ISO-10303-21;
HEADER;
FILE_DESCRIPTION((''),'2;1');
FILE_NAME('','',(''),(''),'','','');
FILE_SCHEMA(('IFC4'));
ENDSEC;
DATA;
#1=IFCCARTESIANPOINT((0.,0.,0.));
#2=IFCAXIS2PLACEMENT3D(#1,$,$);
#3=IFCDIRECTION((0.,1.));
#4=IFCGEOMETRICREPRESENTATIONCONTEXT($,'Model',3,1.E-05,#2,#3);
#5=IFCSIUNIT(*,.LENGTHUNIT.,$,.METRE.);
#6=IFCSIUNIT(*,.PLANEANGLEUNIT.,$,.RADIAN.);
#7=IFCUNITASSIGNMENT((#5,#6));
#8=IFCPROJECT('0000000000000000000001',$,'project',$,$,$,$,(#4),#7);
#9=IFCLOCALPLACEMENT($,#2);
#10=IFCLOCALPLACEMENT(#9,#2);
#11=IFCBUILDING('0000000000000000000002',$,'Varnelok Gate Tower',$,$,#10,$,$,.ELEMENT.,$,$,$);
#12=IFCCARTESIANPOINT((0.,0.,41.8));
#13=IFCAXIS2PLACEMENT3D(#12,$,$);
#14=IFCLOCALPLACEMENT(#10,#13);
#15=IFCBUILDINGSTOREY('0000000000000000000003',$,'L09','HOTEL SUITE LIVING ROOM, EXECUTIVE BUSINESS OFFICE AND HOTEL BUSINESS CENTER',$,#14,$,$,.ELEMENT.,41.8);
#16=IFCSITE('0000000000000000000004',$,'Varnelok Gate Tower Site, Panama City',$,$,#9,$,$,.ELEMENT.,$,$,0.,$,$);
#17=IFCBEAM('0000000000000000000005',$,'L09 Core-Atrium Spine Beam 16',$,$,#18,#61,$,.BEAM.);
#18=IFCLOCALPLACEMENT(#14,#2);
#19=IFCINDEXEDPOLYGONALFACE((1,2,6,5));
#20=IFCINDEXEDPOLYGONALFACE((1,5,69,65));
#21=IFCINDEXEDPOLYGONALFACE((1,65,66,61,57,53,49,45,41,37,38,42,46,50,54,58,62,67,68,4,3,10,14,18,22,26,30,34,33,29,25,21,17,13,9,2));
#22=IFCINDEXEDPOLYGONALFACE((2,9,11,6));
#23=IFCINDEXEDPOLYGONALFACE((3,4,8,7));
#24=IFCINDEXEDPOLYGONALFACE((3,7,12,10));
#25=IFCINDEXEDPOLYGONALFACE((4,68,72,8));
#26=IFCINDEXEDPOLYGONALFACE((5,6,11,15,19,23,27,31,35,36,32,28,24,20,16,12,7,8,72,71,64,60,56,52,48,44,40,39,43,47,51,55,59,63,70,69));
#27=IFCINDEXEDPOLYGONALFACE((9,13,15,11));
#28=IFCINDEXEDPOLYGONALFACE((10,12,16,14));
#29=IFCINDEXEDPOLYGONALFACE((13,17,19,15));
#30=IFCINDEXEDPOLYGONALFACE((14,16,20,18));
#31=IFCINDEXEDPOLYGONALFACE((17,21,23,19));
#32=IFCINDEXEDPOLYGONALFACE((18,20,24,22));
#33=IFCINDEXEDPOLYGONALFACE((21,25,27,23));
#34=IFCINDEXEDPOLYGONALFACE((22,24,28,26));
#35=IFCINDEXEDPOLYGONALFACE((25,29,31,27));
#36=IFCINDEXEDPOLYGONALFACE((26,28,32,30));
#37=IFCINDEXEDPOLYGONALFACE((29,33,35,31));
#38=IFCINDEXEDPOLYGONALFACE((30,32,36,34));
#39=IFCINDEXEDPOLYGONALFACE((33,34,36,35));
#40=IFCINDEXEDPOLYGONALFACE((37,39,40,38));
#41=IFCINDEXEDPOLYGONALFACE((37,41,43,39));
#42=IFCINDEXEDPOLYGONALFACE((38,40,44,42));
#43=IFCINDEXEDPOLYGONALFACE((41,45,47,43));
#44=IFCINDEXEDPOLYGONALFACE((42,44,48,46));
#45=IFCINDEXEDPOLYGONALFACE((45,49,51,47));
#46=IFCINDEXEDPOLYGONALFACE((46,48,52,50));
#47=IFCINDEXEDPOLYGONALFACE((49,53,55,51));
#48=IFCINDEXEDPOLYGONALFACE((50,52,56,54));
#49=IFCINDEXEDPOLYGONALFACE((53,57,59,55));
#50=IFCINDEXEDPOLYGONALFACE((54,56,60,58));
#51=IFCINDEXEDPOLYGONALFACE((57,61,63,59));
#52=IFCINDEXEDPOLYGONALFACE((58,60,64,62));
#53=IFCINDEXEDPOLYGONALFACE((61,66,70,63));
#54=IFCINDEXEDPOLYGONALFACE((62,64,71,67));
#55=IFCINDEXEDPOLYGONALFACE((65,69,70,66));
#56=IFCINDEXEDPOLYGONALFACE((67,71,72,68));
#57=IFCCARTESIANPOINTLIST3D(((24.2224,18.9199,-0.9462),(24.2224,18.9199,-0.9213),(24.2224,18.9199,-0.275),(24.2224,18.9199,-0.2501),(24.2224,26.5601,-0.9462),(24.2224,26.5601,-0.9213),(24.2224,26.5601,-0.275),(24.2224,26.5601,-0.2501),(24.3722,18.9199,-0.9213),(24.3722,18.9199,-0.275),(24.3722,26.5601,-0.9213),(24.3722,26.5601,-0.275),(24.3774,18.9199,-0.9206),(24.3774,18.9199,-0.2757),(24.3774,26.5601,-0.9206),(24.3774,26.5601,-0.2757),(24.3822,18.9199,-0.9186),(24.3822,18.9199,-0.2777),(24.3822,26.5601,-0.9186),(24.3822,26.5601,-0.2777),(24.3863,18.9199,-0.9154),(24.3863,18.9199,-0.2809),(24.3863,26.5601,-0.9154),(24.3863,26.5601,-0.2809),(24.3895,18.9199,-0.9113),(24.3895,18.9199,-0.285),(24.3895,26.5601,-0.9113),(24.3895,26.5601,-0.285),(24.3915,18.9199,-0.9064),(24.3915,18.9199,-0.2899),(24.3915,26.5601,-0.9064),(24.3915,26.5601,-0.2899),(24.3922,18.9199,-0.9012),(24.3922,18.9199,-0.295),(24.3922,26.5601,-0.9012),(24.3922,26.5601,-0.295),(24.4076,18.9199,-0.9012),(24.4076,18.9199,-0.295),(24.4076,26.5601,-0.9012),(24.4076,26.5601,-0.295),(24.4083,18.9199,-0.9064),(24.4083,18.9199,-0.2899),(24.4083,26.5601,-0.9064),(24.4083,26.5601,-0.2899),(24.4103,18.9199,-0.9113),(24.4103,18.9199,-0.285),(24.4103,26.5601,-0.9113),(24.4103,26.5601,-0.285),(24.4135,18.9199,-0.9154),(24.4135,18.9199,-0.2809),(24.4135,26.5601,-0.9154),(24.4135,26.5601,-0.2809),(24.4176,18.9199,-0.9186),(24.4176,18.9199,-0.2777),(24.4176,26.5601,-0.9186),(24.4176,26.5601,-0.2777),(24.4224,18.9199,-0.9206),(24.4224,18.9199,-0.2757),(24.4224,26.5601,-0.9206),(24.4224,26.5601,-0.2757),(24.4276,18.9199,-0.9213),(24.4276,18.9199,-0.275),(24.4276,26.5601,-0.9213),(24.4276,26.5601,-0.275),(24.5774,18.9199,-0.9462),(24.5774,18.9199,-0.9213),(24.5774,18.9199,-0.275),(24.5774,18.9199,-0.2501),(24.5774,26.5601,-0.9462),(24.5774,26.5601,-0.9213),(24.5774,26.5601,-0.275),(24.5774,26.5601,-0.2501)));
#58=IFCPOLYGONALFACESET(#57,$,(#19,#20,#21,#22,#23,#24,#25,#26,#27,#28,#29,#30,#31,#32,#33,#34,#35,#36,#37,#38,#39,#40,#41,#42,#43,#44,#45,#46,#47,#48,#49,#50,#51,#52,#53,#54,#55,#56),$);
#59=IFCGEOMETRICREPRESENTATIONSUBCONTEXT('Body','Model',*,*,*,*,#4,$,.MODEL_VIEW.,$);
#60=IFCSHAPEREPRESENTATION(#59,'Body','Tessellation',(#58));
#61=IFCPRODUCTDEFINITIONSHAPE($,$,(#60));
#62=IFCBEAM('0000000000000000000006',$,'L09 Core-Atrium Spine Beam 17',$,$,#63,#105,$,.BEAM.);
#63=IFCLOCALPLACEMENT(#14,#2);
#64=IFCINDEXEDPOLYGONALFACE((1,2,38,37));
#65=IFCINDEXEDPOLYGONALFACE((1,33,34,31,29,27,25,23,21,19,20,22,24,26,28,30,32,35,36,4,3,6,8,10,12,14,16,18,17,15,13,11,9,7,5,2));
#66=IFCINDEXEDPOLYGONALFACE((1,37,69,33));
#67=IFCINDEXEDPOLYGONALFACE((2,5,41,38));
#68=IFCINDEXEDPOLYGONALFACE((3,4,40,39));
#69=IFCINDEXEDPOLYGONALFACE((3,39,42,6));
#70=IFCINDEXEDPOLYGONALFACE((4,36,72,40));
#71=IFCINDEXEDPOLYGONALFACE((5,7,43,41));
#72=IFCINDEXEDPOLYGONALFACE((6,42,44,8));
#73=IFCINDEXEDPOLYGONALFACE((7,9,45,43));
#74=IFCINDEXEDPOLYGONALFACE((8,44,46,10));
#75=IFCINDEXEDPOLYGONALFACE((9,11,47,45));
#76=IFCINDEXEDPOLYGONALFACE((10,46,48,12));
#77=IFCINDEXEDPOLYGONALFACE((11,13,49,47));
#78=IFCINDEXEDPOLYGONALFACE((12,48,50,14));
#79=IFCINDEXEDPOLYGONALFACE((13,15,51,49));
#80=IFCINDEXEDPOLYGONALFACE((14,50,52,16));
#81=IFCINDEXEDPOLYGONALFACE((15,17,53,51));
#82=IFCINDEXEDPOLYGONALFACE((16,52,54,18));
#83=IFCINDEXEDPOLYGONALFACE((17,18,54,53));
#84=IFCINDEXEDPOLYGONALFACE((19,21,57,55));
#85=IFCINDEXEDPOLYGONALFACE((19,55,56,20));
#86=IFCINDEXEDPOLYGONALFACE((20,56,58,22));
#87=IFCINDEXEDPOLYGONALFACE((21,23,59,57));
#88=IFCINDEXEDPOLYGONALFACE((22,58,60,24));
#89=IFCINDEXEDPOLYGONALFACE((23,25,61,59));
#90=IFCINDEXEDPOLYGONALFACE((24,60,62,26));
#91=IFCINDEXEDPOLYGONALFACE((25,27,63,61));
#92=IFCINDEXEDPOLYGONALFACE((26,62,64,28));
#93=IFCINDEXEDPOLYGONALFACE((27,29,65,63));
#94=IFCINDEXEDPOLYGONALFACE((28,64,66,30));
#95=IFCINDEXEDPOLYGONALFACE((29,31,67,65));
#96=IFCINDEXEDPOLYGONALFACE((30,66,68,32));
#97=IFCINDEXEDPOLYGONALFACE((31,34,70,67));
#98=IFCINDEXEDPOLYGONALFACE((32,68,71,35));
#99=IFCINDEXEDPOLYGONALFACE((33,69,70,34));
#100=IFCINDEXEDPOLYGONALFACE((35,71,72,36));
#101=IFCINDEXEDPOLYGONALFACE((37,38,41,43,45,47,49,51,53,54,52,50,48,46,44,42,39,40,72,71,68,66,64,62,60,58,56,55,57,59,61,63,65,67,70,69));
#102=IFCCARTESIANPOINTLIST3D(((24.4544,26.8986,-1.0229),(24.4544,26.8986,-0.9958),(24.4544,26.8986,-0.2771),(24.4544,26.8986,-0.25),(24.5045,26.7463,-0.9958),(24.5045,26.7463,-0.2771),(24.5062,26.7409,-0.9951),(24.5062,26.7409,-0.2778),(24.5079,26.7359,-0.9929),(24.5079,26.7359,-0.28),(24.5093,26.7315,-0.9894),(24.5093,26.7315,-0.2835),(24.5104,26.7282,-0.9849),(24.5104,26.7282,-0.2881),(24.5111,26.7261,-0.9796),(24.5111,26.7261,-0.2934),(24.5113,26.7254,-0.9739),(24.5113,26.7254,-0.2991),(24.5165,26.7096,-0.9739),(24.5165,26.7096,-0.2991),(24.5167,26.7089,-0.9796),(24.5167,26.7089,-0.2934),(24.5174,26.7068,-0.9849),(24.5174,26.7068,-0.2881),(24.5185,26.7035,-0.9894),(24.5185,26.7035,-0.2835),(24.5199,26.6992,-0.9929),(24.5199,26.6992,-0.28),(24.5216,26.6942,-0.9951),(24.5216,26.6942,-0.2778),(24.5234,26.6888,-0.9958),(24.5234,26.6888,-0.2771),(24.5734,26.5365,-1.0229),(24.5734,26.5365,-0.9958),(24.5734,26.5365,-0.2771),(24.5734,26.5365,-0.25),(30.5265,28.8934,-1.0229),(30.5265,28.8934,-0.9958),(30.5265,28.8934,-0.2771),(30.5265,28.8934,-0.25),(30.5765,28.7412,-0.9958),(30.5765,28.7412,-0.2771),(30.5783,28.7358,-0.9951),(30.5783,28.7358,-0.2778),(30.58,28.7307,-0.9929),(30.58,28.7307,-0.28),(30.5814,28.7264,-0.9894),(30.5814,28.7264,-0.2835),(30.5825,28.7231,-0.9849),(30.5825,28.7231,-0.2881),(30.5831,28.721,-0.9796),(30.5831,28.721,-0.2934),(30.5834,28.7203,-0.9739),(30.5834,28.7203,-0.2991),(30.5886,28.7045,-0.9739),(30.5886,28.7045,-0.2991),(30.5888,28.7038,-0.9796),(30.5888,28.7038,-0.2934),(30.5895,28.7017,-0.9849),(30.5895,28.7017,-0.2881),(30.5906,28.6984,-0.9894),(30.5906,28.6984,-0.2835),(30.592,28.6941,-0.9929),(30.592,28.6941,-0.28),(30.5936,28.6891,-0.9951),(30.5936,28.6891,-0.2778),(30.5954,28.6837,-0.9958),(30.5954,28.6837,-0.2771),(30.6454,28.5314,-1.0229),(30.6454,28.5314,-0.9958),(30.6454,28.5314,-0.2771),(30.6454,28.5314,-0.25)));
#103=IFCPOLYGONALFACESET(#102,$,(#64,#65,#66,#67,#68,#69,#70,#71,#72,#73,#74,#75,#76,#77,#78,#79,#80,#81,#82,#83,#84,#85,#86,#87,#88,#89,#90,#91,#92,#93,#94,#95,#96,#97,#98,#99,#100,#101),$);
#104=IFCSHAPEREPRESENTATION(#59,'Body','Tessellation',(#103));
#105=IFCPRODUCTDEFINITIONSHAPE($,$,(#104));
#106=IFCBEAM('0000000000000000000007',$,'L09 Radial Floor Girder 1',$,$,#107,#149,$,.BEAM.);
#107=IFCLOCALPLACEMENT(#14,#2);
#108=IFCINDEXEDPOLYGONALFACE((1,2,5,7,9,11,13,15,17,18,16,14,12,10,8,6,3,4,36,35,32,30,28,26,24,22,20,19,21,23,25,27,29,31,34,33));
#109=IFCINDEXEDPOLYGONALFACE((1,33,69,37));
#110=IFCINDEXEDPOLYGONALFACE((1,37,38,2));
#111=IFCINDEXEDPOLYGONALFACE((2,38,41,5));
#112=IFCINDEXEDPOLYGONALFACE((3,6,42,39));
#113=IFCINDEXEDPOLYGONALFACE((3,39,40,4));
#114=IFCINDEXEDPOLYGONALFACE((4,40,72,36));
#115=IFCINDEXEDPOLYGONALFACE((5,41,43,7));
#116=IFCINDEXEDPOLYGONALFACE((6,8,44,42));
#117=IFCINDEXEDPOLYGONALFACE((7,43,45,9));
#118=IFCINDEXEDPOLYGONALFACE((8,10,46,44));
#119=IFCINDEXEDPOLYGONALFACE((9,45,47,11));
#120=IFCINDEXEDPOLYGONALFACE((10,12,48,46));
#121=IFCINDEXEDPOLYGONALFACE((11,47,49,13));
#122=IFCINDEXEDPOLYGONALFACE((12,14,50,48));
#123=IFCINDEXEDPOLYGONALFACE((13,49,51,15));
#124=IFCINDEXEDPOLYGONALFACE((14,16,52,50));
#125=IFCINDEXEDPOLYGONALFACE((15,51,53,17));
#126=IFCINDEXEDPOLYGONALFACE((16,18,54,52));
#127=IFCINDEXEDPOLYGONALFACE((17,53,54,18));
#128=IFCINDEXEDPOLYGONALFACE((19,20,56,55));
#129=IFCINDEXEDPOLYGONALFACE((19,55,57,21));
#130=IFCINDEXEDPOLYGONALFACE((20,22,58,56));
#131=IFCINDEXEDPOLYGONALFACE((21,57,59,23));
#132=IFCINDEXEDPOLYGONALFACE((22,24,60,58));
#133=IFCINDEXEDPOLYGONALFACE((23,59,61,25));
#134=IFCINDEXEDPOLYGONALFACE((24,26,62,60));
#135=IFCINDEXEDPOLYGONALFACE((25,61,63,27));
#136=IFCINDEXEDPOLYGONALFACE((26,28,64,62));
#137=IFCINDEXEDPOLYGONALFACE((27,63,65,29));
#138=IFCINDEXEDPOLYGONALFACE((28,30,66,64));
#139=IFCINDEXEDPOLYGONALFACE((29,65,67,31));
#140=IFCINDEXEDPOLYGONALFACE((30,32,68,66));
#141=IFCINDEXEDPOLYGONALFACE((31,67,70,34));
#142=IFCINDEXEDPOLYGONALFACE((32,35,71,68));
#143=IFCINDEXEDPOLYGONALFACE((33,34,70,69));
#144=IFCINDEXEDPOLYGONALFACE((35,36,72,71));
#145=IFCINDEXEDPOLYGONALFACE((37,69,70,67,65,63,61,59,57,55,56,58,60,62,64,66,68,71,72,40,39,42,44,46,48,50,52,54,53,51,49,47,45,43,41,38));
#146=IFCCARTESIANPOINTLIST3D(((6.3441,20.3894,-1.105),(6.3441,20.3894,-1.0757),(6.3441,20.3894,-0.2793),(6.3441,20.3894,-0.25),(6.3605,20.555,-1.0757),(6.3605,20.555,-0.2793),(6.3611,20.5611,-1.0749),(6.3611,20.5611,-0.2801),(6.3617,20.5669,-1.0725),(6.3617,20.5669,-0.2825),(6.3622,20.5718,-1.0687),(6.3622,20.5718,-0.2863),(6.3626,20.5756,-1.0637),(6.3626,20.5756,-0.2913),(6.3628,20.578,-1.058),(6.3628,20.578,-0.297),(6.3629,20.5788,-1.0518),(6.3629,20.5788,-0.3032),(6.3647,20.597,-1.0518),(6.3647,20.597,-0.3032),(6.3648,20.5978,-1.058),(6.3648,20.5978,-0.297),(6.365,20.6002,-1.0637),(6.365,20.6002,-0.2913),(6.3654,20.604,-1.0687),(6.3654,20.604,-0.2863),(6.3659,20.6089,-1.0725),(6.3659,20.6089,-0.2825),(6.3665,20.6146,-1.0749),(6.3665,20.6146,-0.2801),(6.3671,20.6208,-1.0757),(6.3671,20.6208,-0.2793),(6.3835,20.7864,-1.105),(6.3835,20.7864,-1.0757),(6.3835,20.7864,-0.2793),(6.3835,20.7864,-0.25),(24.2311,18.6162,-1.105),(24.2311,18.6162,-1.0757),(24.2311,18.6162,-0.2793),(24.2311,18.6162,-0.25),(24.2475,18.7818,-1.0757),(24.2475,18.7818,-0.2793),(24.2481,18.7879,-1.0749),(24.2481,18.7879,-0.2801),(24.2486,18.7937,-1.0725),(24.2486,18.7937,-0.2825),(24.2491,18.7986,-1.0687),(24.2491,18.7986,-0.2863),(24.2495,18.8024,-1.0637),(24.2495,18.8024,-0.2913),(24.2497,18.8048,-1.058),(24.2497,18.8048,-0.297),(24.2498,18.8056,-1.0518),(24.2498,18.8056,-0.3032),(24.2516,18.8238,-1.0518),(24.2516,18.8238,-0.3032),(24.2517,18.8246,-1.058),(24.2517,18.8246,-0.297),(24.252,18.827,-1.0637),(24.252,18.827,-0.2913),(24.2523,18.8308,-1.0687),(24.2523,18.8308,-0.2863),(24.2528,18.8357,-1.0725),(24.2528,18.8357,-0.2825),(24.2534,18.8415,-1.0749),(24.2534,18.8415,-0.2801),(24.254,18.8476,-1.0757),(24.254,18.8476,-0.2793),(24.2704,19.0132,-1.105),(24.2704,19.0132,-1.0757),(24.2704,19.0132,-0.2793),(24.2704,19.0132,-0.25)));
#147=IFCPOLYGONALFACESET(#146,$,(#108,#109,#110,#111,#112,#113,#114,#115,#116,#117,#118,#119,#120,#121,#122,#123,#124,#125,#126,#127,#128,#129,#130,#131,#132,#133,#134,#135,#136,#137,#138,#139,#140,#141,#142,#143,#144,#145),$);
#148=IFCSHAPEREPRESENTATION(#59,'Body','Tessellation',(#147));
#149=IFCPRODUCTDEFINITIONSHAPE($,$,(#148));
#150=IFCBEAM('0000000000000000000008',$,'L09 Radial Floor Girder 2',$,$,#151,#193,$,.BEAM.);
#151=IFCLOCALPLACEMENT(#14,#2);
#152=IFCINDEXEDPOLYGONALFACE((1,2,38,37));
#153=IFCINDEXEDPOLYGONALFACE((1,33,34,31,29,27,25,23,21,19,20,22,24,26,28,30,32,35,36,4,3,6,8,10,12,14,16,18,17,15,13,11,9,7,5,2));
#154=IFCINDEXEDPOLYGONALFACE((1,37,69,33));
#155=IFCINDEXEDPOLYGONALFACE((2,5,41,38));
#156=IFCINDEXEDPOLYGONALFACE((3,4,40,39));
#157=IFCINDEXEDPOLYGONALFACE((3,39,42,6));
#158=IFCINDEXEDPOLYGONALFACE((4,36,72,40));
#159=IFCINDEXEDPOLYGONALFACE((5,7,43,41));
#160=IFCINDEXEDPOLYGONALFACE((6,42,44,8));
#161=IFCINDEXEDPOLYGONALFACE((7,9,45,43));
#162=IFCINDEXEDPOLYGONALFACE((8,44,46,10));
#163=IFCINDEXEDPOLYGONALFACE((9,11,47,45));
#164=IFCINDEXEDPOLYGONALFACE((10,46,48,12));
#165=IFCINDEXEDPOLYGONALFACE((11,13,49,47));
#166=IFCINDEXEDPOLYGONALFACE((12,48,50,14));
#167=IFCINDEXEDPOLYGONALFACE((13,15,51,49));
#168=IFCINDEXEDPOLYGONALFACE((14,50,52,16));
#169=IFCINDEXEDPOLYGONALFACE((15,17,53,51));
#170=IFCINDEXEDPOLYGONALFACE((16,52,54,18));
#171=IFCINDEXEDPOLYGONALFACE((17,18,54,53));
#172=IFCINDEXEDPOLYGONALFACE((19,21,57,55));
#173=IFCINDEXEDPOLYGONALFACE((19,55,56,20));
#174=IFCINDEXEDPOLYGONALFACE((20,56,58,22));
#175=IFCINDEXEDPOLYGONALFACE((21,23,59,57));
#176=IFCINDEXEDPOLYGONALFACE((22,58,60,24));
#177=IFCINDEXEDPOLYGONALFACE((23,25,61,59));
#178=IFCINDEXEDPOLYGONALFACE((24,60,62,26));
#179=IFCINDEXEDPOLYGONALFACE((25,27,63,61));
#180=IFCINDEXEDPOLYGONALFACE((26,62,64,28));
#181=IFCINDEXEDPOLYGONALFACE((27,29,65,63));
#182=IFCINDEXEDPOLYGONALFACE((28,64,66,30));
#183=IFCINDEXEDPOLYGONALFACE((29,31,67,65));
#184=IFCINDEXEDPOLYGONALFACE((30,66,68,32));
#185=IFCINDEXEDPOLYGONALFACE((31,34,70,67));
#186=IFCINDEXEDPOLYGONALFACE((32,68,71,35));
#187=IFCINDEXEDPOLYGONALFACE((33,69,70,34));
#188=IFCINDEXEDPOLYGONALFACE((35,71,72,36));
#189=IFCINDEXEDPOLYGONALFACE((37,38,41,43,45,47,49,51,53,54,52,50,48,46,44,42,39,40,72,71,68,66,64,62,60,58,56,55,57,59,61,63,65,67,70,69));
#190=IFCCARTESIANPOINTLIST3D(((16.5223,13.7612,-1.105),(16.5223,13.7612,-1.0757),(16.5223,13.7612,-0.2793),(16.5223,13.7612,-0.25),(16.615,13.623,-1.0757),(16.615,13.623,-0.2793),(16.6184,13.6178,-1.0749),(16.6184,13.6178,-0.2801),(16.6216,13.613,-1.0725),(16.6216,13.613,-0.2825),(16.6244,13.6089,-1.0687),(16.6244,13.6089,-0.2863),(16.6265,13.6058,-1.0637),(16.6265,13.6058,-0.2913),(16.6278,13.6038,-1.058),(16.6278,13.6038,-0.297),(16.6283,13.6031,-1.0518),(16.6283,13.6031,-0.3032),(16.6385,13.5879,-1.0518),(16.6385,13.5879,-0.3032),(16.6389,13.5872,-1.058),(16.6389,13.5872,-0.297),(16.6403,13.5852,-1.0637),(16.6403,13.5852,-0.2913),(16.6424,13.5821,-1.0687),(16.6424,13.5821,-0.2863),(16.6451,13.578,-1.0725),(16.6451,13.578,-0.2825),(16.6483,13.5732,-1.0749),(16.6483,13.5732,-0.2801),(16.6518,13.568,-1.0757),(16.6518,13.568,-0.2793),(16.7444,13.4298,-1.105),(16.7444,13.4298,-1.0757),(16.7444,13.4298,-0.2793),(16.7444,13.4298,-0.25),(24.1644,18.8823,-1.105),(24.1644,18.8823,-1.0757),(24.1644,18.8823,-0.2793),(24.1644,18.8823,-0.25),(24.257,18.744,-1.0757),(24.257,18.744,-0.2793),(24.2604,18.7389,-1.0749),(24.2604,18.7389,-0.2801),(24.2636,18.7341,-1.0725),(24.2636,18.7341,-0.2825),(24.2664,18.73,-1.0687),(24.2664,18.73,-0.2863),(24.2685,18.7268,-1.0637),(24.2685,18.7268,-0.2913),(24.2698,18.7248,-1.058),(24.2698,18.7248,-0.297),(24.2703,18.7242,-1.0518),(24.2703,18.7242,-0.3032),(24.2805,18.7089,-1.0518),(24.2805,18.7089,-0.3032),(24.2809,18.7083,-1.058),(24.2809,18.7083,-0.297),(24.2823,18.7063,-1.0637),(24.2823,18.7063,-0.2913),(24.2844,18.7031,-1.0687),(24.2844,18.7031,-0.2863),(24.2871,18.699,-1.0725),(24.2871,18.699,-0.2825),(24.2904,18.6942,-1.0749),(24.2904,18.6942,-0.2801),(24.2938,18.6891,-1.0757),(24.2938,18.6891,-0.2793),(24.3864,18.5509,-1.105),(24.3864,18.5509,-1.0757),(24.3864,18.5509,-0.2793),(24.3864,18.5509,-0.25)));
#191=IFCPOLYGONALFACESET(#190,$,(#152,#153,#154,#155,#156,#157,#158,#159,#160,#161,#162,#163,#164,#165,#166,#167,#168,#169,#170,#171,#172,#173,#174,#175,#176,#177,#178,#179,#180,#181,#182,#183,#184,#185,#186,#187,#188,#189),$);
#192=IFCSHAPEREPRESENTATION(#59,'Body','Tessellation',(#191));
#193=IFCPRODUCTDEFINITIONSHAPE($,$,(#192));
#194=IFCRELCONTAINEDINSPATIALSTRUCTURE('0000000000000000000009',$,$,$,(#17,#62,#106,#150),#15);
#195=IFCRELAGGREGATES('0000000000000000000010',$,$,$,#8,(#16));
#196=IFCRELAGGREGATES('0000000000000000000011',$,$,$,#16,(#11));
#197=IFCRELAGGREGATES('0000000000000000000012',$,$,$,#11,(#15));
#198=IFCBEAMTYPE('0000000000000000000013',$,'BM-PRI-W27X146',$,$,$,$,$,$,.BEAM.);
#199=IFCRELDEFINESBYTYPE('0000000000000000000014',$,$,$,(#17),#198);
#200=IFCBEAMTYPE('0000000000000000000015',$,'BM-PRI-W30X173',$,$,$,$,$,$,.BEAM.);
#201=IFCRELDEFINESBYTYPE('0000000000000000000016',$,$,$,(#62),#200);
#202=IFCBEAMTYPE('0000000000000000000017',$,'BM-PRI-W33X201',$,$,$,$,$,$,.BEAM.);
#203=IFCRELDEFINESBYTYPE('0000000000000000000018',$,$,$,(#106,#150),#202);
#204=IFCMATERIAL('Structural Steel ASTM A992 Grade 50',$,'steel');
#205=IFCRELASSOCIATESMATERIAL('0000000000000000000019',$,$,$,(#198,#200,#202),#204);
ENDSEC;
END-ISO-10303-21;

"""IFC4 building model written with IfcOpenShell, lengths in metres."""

from ifc_helpers import new_model, si_unit, direction, frame, origin, origin_2d, place, context, subcontext, project, spatial, i_section, extrude, material, material_profile, profile_set, type_object, element, save


model = new_model("IFC4")

# Units and contexts
model_context = context("Model", 3, precision=1e-05, world=origin(), true_north=direction((0.0, 1.0)))
body_context = subcontext(model_context, "Body", "Model", "MODEL_VIEW")
ifc_project = project(units=[si_unit("LENGTHUNIT", "METRE"), si_unit("PLANEANGLEUNIT", "RADIAN")], contexts=[model_context])

# Site, building, storey
site_placement = place(None, origin())
site = spatial("IfcSite", under=ifc_project, at=site_placement, Name="Varnelok Gate Tower Site, Panama City", CompositionType="ELEMENT", RefElevation=0.0)
building_placement = place(site_placement, origin())
building = spatial("IfcBuilding", under=site, at=building_placement, Name="Varnelok Gate Tower", CompositionType="ELEMENT")
storey_placement = place(building_placement, frame((0.0, 0.0, 41.8)))
storey = spatial("IfcBuildingStorey", under=building, at=storey_placement, Name="L09", Description="HOTEL SUITE LIVING ROOM, EXECUTIVE BUSINESS OFFICE AND HOTEL BUSINESS CENTER", CompositionType="ELEMENT", Elevation=41.8)

# Shared definitions
ifc_material_1 = material(Name="Structural Steel ASTM A992 Grade 50", Category="steel")

# Beams
ifc_material_profile_1 = material_profile(ifc_material_1, i_section(OverallWidth=0.355, OverallDepth=0.696, WebThickness=0.0154, FlangeThickness=0.0249, FilletRadius=0.02, at=origin_2d()), Name="W27X146")
ifc_profile_set_1 = profile_set([ifc_material_profile_1], Name="Structural Steel ASTM A992 Grade 50")
beam_type_1 = type_object("IfcBeamType", Name="BM-PRI-W27X146", PredefinedType="BEAM", material=ifc_profile_set_1)
beam_1_placement = place(storey_placement, frame((24.3999, 18.9199, -0.5981), z_axis=(0.0, 1.0, 0.0), x_axis=(-1.0, 0.0, 0.0)))
element("IfcBeam", 1, at=beam_1_placement, inside=storey, type_object=beam_type_1, Name="L09 Core-Atrium Spine Beam 16", PredefinedType="BEAM", context=body_context, shape_type="SweptSolid", body=[
    extrude(i_section(OverallWidth=0.355, OverallDepth=0.696, WebThickness=0.0154, FlangeThickness=0.0249, FilletRadius=0.02, at=origin_2d()), origin(), (0.0, 0.0, 1.0), 7.6401),
])
ifc_material_profile_2 = material_profile(ifc_material_1, i_section(OverallWidth=0.3811, OverallDepth=0.7729, WebThickness=0.0166, FlangeThickness=0.0271, FilletRadius=0.022, at=origin_2d()), Name="W30X173")
ifc_profile_set_2 = profile_set([ifc_material_profile_2], Name="Structural Steel ASTM A992 Grade 50")
beam_type_2 = type_object("IfcBeamType", Name="BM-PRI-W30X173", PredefinedType="BEAM", material=ifc_profile_set_2)
beam_2_placement = place(storey_placement, frame((24.5139, 26.7175, -0.6365), z_axis=(0.950042, 0.312122, 0.0), x_axis=(-0.312122, 0.950042, 0.0)))
element("IfcBeam", 2, at=beam_2_placement, inside=storey, type_object=beam_type_2, Name="L09 Core-Atrium Spine Beam 17", PredefinedType="BEAM", context=body_context, shape_type="SweptSolid", body=[
    extrude(i_section(OverallWidth=0.3811, OverallDepth=0.7729, WebThickness=0.0166, FlangeThickness=0.0271, FilletRadius=0.022, at=origin_2d()), origin(), (0.0, 0.0, 1.0), 6.3914),
])
ifc_material_profile_3 = material_profile(ifc_material_1, i_section(OverallWidth=0.3989, OverallDepth=0.855, WebThickness=0.0183, FlangeThickness=0.0293, FilletRadius=0.0239, at=origin_2d()), Name="W33X201")
ifc_profile_set_3 = profile_set([ifc_material_profile_3], Name="Structural Steel ASTM A992 Grade 50")
beam_type_3 = type_object("IfcBeamType", Name="BM-PRI-W33X201", PredefinedType="BEAM", material=ifc_profile_set_3)
beam_3_placement = place(storey_placement, frame((24.2507, 18.8147, -0.6775), z_axis=(-0.995122, 0.09865, 0.0), x_axis=(-0.09865, -0.995122, 0.0)))
element("IfcBeam", 3, at=beam_3_placement, inside=storey, type_object=beam_type_3, Name="L09 Radial Floor Girder 1", PredefinedType="BEAM", context=body_context, shape_type="SweptSolid", body=[
    extrude(i_section(OverallWidth=0.3989, OverallDepth=0.855, WebThickness=0.0183, FlangeThickness=0.0293, FilletRadius=0.0239, at=origin_2d()), origin(), (0.0, 0.0, 1.0), 17.9746),
])
beam_4_placement = place(storey_placement, frame((24.2754, 18.7166, -0.6775), z_axis=(-0.830725, -0.556683, 0.0), x_axis=(0.556683, -0.830725, 0.0)))
element("IfcBeam", 4, at=beam_4_placement, inside=storey, type_object=beam_type_3, Name="L09 Radial Floor Girder 2", PredefinedType="BEAM", context=body_context, shape_type="SweptSolid", body=[
    extrude(i_section(OverallWidth=0.3989, OverallDepth=0.855, WebThickness=0.0183, FlangeThickness=0.0293, FilletRadius=0.0239, at=origin_2d()), origin(), (0.0, 0.0, 1.0), 9.1992),
])

save(model, "model.ifc")
